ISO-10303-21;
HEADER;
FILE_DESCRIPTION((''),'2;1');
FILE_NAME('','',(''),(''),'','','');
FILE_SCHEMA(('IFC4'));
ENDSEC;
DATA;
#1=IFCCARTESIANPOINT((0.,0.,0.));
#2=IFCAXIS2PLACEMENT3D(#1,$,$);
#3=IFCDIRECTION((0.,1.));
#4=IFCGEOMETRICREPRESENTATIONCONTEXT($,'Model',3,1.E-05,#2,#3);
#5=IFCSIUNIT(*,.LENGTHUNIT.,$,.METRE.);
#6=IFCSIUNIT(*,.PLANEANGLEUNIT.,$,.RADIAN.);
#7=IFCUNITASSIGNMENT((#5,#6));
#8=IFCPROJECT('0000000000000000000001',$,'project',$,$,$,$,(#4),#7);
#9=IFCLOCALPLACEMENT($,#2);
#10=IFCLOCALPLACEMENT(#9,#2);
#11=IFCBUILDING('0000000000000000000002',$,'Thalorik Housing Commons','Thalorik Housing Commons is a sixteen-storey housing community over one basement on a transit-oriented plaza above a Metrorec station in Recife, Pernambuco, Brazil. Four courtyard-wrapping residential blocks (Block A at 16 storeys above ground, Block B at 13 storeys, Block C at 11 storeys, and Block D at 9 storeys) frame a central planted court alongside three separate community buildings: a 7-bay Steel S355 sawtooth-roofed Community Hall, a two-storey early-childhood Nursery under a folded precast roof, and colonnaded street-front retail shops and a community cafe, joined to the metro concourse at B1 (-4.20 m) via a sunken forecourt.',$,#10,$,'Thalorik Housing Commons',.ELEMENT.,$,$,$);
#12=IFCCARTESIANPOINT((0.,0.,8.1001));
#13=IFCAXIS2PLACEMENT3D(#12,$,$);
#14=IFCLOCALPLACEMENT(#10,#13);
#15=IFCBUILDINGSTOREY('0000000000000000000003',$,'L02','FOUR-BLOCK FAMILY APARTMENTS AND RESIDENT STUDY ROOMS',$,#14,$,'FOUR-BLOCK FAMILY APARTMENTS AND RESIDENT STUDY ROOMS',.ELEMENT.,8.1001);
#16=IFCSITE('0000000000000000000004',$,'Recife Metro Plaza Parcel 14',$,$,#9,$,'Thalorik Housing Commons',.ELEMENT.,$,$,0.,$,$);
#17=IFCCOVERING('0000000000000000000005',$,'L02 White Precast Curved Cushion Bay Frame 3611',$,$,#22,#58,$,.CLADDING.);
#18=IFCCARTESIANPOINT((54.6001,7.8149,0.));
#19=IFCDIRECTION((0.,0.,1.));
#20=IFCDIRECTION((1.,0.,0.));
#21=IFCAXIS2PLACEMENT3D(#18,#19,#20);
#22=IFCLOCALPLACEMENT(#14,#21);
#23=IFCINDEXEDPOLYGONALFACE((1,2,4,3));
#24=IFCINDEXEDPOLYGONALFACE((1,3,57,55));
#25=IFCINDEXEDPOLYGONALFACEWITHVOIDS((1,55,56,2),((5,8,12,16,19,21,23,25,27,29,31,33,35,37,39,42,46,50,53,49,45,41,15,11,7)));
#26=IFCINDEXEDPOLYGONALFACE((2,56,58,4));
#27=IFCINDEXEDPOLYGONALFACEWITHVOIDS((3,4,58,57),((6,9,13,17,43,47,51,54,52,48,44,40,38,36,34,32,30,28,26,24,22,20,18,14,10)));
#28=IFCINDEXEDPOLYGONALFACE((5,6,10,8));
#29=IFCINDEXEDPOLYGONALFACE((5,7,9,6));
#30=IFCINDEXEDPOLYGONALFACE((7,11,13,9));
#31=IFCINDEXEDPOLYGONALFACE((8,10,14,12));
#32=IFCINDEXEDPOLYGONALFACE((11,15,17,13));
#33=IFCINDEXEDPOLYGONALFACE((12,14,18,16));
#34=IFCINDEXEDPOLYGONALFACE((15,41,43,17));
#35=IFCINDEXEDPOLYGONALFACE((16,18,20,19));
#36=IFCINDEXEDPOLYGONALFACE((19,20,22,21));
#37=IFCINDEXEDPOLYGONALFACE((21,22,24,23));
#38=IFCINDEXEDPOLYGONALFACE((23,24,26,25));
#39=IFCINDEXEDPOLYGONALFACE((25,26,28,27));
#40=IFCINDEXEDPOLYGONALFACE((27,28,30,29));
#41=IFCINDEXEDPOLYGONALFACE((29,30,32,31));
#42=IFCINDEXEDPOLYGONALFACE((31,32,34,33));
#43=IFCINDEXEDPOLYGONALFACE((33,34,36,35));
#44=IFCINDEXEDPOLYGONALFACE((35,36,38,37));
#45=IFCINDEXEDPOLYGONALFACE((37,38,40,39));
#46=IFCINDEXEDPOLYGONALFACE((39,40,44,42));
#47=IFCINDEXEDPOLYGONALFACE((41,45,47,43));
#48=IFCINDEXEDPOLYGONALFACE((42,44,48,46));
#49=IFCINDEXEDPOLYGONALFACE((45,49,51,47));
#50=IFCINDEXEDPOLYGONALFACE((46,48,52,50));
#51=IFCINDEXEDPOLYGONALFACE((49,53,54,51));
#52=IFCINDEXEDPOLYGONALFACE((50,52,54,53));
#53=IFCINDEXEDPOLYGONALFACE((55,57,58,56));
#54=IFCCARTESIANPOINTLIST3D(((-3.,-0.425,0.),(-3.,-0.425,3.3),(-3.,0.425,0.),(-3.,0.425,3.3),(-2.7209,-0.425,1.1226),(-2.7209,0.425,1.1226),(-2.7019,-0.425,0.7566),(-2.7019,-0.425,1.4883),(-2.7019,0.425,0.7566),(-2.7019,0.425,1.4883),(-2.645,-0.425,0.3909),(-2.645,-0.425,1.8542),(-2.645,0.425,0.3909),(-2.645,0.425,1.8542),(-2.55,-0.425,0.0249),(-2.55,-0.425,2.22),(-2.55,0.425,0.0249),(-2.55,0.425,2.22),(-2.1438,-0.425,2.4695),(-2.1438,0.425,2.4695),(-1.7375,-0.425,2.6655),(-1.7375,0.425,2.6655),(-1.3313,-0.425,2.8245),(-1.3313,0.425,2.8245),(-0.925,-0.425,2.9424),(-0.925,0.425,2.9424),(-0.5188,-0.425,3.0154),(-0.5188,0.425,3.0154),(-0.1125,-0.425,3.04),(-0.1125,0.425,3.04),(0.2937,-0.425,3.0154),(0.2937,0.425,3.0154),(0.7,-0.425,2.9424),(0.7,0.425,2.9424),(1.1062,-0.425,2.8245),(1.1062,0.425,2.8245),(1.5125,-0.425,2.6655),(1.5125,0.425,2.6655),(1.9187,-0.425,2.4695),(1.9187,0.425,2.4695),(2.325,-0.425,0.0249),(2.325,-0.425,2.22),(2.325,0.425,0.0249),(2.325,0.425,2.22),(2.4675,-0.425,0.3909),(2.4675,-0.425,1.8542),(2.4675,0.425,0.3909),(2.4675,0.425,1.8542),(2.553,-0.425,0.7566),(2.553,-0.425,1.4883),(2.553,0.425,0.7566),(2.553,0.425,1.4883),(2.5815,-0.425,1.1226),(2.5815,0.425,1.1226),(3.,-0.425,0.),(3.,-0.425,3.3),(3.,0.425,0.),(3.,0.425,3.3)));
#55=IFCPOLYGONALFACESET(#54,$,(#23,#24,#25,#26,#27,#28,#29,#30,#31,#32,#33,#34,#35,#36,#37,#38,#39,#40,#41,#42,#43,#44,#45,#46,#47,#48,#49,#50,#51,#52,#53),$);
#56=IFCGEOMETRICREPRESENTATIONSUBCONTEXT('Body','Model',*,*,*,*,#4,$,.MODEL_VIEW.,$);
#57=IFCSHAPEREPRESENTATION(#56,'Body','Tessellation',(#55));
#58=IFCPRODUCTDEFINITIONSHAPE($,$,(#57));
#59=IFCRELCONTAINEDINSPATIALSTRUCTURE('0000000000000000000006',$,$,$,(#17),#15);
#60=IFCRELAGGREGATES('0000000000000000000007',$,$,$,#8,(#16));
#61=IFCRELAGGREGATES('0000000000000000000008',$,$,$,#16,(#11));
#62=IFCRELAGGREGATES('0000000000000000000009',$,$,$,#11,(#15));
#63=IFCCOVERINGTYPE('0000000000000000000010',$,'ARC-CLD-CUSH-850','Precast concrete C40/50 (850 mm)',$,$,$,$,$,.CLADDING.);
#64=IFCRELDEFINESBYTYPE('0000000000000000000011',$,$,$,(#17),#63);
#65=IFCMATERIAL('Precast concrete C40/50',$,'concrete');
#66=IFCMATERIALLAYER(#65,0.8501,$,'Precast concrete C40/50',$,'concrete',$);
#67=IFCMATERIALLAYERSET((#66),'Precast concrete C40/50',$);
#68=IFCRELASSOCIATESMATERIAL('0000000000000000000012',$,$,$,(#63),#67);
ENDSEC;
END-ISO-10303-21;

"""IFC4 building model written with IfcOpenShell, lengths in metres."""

from ifc_helpers import new_model, si_unit, direction, frame, origin, place, context, subcontext, project, spatial, polyline, outline, extrude, material, layer, layer_set, type_object, element, save


model = new_model("IFC4")

# Units and contexts
model_context = context("Model", 3, precision=1e-05, world=origin(), true_north=direction((0.0, 1.0)))
body_context = subcontext(model_context, "Body", "Model", "MODEL_VIEW")
ifc_project = project(units=[si_unit("LENGTHUNIT", "METRE"), si_unit("PLANEANGLEUNIT", "RADIAN")], contexts=[model_context])

# Site, building, storey
site_placement = place(None, origin())
site = spatial("IfcSite", under=ifc_project, at=site_placement, Name="Recife Metro Plaza Parcel 14", LongName="Thalorik Housing Commons", CompositionType="ELEMENT", RefElevation=0.0)
building_placement = place(site_placement, origin())
building = spatial("IfcBuilding", under=site, at=building_placement, Name="Thalorik Housing Commons", Description="Thalorik Housing Commons is a sixteen-storey housing community over one basement on a transit-oriented plaza above a Metrorec station in Recife, Pernambuco, Brazil. Four courtyard-wrapping residential blocks (Block A at 16 storeys above ground, Block B at 13 storeys, Block C at 11 storeys, and Block D at 9 storeys) frame a central planted court alongside three separate community buildings: a 7-bay Steel S355 sawtooth-roofed Community Hall, a two-storey early-childhood Nursery under a folded precast roof, and colonnaded street-front retail shops and a community cafe, joined to the metro concourse at B1 (-4.20 m) via a sunken forecourt.", LongName="Thalorik Housing Commons", CompositionType="ELEMENT")
storey_placement = place(building_placement, frame((0.0, 0.0, 8.1001)))
storey = spatial("IfcBuildingStorey", under=building, at=storey_placement, Name="L02", Description="FOUR-BLOCK FAMILY APARTMENTS AND RESIDENT STUDY ROOMS", LongName="FOUR-BLOCK FAMILY APARTMENTS AND RESIDENT STUDY ROOMS", CompositionType="ELEMENT", Elevation=8.1001)

# Shared definitions
ifc_material_1 = material(Name="Precast concrete C40/50", Category="concrete")

# Covering
ifc_layer_1 = layer(ifc_material_1, 0.8501, Name="Precast concrete C40/50", Category="concrete")
ifc_layer_set_1 = layer_set([ifc_layer_1], Name="Precast concrete C40/50")
covering_type_1 = type_object("IfcCoveringType", Name="ARC-CLD-CUSH-850", Description="Precast concrete C40/50 (850 mm)", PredefinedType="CLADDING", material=ifc_layer_set_1)
covering_1_placement = place(storey_placement, frame((54.6001, 7.8149, 0.0), z_axis=(0.0, 0.0, 1.0), x_axis=(1.0, 0.0, 0.0)))
element("IfcCovering", 1, at=covering_1_placement, inside=storey, type_object=covering_type_1, Name="L02 White Precast Curved Cushion Bay Frame 3611", PredefinedType="CLADDING", context=body_context, shape_type="SweptSolid", body=[
    extrude(outline(polyline([(-3.0, 0.0), (3.0, 0.0), (3.0, 3.3), (-3.0, 3.3), (-3.0, 0.0)]), holes=[polyline([(2.325, 0.0249), (2.4675, 0.3909), (2.553, 0.7566), (2.5815, 1.1226), (2.553, 1.4883), (2.4675, 1.8542), (2.325, 2.22), (1.9187, 2.4695), (1.5125, 2.6655), (1.1062, 2.8245), (0.7, 2.9424), (0.2937, 3.0154), (-0.1125, 3.04), (-0.5188, 3.0154), (-0.925, 2.9424), (-1.3313, 2.8245), (-1.7375, 2.6655), (-2.1438, 2.4695), (-2.55, 2.22), (-2.645, 1.8542), (-2.7019, 1.4883), (-2.7209, 1.1226), (-2.7019, 0.7566), (-2.645, 0.3909), (-2.55, 0.0249), (2.325, 0.0249)])]), frame((0.0, 0.425, 0.0), z_axis=(0.0, -1.0, 0.0), x_axis=(1.0, 0.0, 0.0)), (0.0, 0.0, 1.0), 0.8501),
])

save(model, "model.ifc")
